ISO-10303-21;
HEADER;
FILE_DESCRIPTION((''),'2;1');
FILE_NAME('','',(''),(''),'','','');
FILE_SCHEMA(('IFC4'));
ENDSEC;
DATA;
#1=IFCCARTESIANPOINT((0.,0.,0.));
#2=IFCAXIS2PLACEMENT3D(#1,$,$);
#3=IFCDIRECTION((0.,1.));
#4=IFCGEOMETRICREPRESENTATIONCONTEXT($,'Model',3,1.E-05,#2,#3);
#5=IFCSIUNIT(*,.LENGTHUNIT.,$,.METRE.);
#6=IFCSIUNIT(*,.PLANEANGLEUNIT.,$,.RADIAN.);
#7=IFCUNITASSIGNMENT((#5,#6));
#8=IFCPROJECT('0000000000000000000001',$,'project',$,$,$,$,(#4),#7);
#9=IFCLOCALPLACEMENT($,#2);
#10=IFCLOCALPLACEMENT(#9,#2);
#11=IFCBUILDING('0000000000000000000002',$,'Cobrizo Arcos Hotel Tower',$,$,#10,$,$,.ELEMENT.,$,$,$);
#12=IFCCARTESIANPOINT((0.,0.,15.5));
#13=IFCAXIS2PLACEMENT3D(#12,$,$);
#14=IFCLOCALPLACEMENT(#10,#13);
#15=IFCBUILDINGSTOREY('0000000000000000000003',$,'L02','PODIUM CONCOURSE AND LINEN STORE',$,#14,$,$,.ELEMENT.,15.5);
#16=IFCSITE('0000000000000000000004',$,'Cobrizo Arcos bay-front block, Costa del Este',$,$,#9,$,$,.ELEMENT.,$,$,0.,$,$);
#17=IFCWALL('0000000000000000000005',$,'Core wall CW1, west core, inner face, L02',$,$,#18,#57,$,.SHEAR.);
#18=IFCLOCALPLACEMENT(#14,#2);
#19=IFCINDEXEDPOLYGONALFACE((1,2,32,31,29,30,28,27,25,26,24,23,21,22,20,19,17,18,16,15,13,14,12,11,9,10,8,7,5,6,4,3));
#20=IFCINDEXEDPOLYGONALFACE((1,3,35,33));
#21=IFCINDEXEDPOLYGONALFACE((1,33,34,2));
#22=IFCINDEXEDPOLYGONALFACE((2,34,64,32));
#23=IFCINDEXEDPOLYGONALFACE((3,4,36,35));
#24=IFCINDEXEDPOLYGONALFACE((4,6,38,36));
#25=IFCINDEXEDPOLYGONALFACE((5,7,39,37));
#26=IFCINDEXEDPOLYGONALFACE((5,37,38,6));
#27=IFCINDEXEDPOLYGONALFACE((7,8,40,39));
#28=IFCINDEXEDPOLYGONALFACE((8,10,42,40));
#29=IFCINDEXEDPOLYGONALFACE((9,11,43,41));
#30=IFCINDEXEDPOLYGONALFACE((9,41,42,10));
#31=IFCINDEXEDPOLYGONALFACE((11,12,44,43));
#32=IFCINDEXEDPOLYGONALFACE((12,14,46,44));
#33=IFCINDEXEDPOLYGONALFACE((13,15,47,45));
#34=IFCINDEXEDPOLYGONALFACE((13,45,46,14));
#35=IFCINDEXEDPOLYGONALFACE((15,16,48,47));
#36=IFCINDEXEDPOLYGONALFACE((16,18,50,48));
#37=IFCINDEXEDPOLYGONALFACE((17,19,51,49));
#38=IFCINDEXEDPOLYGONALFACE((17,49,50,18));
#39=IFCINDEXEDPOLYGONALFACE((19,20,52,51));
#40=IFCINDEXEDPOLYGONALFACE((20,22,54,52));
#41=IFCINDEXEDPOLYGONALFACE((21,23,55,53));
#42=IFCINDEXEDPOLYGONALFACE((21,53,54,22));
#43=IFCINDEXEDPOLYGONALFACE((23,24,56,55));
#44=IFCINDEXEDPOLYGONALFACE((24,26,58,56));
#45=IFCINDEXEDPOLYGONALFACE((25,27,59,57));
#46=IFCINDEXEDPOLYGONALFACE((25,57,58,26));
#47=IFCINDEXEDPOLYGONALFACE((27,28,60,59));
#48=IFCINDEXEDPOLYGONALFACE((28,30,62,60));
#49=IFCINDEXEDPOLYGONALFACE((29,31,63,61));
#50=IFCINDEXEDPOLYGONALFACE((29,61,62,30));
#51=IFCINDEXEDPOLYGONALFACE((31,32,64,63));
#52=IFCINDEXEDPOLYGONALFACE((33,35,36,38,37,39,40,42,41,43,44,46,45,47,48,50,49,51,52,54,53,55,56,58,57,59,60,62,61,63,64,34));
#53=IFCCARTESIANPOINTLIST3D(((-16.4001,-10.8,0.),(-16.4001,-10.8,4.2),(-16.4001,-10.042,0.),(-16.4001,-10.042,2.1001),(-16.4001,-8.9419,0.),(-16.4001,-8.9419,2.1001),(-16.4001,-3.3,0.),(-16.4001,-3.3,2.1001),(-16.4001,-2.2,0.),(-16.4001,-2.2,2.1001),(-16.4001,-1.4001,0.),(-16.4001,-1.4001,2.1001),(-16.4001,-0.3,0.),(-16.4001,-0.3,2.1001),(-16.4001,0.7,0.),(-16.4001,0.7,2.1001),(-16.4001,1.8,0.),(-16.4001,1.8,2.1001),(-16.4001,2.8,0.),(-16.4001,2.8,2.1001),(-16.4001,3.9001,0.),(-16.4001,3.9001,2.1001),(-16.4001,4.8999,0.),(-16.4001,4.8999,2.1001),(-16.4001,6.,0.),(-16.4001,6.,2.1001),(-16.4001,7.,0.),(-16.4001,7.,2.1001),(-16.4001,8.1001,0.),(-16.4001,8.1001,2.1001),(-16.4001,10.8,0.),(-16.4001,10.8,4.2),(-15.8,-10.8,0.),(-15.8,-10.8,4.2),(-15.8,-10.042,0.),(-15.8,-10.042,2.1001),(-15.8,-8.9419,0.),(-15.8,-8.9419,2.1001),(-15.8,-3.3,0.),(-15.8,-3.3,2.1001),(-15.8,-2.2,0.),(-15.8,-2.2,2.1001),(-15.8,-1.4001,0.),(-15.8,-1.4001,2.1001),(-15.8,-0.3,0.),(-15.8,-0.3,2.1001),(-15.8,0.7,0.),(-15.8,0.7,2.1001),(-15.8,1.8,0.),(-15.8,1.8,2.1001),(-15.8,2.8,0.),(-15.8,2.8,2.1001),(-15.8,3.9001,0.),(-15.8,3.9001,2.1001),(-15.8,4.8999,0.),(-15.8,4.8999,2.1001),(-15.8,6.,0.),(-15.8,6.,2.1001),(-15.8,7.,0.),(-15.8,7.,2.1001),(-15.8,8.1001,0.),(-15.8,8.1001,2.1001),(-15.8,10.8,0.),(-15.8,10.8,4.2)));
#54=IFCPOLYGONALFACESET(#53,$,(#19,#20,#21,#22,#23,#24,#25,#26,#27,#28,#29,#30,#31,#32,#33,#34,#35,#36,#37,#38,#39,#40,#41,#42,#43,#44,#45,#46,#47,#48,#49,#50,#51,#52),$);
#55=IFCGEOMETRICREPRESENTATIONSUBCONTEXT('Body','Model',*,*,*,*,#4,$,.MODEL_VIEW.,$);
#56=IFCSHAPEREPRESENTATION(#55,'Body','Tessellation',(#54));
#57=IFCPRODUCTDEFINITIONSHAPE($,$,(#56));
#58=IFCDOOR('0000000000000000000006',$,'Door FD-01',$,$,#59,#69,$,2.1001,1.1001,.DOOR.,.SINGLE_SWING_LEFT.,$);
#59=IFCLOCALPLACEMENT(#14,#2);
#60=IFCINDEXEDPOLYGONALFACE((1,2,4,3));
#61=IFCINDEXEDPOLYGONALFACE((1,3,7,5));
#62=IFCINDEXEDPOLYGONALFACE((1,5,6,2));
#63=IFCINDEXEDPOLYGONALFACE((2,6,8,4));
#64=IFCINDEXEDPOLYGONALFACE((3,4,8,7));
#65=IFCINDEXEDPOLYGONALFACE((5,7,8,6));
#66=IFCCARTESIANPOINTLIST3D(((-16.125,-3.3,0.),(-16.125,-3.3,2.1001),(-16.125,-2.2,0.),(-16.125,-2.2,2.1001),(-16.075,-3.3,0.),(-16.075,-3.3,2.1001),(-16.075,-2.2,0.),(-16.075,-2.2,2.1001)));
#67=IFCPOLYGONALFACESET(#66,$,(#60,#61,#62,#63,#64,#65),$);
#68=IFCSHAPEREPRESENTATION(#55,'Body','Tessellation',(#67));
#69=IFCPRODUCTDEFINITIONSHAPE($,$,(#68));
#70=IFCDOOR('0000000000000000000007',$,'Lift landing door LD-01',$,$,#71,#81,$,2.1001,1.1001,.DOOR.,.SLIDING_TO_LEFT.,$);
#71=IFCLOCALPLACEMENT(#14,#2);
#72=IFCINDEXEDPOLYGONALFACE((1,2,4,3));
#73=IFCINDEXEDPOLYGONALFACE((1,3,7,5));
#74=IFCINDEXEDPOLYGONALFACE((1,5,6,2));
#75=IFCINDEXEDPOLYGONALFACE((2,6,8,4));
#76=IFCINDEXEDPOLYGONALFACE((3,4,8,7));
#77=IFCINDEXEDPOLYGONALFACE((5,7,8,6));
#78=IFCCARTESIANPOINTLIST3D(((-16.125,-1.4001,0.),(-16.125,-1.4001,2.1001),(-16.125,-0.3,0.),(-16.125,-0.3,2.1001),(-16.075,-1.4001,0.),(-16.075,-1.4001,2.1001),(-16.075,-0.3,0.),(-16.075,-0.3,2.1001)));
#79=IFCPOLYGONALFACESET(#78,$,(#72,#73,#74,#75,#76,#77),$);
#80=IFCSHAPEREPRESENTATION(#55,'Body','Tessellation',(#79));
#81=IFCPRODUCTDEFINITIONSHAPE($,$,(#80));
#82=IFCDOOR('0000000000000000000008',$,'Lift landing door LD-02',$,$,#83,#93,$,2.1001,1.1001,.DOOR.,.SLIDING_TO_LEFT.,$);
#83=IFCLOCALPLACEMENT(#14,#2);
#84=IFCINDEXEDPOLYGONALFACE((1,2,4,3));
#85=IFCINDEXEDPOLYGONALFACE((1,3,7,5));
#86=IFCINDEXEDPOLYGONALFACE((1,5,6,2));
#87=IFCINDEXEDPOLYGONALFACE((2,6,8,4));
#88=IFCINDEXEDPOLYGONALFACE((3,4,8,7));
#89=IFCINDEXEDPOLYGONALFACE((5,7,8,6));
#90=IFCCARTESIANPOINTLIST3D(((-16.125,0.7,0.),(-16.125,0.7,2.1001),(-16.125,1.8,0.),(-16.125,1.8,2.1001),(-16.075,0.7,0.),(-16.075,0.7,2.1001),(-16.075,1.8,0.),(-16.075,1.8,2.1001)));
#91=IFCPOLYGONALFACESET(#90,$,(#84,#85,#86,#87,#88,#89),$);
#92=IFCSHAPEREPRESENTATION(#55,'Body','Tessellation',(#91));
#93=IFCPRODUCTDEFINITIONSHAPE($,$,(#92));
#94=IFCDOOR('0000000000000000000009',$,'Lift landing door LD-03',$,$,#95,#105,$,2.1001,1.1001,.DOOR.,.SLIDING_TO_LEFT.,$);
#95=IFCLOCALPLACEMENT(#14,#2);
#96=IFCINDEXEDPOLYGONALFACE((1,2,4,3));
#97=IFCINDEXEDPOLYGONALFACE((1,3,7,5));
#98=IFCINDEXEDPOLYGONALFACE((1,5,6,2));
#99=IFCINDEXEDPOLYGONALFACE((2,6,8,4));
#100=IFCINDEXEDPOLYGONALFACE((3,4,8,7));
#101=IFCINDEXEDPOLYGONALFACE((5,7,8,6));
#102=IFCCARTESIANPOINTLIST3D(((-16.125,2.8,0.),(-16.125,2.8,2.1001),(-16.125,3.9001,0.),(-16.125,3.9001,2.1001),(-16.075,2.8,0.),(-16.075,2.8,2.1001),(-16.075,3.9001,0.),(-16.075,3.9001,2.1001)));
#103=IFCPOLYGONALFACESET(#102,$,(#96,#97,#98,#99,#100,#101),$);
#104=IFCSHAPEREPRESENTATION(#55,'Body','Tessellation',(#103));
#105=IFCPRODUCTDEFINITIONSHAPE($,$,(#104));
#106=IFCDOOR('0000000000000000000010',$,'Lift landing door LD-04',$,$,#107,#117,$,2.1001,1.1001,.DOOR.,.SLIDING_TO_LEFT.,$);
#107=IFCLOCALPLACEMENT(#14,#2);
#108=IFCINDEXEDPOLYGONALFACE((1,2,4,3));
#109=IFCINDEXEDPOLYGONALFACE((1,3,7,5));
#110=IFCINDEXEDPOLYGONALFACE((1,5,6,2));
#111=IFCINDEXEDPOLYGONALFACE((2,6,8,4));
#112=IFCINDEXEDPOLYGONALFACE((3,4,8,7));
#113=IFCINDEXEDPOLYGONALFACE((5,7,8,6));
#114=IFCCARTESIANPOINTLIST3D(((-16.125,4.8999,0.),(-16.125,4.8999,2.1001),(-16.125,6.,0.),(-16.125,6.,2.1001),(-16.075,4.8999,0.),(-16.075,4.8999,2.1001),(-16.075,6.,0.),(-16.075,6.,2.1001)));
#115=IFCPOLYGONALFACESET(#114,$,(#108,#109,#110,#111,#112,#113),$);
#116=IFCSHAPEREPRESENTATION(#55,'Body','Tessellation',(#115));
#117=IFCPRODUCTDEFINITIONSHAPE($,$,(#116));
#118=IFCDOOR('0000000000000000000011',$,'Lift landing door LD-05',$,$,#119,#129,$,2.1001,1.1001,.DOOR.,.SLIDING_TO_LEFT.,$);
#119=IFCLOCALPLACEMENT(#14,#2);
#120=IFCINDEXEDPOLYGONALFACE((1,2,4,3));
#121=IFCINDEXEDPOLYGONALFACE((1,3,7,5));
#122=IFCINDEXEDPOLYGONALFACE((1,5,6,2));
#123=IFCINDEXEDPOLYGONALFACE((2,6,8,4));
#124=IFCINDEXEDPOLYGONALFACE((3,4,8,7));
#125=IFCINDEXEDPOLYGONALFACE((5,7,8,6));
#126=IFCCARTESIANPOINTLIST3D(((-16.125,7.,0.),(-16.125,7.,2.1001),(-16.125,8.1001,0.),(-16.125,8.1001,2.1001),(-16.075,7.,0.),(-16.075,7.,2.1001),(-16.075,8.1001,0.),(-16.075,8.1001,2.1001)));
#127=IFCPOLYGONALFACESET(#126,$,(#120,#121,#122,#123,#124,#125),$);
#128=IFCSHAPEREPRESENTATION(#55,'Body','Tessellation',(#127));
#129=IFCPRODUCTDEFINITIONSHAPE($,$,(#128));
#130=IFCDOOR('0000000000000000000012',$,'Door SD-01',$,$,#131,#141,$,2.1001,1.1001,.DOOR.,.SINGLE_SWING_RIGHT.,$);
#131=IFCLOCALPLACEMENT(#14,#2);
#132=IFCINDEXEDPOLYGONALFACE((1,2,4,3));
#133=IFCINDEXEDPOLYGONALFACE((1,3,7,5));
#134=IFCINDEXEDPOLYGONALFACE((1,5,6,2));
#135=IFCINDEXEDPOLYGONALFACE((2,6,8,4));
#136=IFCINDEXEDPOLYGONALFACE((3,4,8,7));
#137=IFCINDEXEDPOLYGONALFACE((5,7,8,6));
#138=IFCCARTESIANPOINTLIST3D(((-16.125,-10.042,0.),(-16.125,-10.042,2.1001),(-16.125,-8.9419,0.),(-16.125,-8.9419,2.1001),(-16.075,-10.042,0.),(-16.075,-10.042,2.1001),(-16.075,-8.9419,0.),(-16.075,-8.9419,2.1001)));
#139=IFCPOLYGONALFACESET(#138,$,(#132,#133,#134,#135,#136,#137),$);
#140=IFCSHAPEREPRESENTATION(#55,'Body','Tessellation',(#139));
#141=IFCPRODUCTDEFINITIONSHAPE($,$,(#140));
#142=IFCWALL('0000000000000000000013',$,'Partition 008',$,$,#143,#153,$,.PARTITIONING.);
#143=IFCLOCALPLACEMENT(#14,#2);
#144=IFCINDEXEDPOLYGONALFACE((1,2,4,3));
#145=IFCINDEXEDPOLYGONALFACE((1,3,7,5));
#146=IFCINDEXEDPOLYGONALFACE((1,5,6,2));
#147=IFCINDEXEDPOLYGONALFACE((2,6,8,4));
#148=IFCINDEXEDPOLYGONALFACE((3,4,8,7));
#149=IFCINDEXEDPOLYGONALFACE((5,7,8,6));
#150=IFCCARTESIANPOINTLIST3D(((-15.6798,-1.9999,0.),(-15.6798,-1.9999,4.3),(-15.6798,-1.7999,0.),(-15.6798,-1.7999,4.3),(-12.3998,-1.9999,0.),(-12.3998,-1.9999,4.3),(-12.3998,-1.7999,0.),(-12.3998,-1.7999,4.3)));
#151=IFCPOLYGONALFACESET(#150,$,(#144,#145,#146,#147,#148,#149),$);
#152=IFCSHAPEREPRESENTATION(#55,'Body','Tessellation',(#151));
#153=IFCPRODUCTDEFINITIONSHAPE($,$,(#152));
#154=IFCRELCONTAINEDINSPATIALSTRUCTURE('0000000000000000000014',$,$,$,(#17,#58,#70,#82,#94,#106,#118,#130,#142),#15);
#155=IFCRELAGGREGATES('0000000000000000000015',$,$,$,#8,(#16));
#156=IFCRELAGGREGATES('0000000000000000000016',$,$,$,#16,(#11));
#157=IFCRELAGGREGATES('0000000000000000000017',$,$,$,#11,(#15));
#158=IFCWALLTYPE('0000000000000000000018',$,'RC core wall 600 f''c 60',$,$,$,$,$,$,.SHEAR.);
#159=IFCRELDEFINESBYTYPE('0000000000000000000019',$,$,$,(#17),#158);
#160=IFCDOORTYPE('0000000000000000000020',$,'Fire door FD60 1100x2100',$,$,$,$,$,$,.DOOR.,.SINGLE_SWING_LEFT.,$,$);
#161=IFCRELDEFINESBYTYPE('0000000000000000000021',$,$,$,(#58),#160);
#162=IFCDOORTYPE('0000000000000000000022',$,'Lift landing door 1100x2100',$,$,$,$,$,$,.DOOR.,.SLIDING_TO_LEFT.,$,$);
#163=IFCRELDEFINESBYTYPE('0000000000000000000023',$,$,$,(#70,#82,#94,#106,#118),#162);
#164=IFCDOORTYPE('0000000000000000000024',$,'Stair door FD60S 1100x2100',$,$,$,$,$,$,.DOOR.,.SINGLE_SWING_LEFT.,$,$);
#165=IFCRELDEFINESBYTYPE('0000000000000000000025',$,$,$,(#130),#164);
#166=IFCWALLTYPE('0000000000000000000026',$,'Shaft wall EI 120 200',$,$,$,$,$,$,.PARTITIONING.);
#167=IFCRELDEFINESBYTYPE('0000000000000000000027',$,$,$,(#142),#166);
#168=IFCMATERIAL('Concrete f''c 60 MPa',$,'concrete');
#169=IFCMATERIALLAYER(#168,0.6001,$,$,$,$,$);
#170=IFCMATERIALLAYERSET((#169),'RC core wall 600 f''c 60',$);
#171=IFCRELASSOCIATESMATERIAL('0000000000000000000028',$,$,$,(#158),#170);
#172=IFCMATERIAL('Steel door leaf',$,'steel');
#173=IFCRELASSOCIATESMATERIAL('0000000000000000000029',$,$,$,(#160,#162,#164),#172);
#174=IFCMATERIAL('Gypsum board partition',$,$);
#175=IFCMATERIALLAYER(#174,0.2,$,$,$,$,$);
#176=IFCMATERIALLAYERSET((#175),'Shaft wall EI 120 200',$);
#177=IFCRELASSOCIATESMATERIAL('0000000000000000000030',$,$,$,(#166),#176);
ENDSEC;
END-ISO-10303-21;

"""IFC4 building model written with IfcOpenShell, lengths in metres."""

from ifc_helpers import new_model, si_unit, direction, frame, frame_2d, origin, place, context, subcontext, project, spatial, rectangle, extrude, material, layer, layer_set, type_object, element, fill, save


model = new_model("IFC4")

# Units and contexts
model_context = context("Model", 3, precision=1e-05, world=origin(), true_north=direction((0.0, 1.0)))
body_context = subcontext(model_context, "Body", "Model", "MODEL_VIEW")
ifc_project = project(units=[si_unit("LENGTHUNIT", "METRE"), si_unit("PLANEANGLEUNIT", "RADIAN")], contexts=[model_context])

# Site, building, storey
site_placement = place(None, origin())
site = spatial("IfcSite", under=ifc_project, at=site_placement, Name="Cobrizo Arcos bay-front block, Costa del Este", CompositionType="ELEMENT", RefElevation=0.0)
building_placement = place(site_placement, origin())
building = spatial("IfcBuilding", under=site, at=building_placement, Name="Cobrizo Arcos Hotel Tower", CompositionType="ELEMENT")
storey_placement = place(building_placement, frame((0.0, 0.0, 15.5)))
storey = spatial("IfcBuildingStorey", under=building, at=storey_placement, Name="L02", Description="PODIUM CONCOURSE AND LINEN STORE", CompositionType="ELEMENT", Elevation=15.5)

# Shared definitions
ifc_material_1 = material(Name="Gypsum board partition")

# Wall, openings, doors
ifc_material_2 = material(Name="Concrete f'c 60 MPa", Category="concrete")
ifc_layer_1 = layer(ifc_material_2, 0.6001)
ifc_layer_set_1 = layer_set([ifc_layer_1], Name="RC core wall 600 f'c 60")
wall_type_1 = type_object("IfcWallType", Name="RC core wall 600 f'c 60", PredefinedType="SHEAR", material=ifc_layer_set_1)
wall_1_placement = place(storey_placement, frame((-16.1001, -10.8, 0.0), z_axis=(0.0, 0.0, 1.0), x_axis=(0.0, 1.0, 0.0)))
wall_1 = element("IfcWall", 1, at=wall_1_placement, inside=storey, type_object=wall_type_1, Name="Core wall CW1, west core, inner face, L02", PredefinedType="SHEAR", context=body_context, shape_type="SweptSolid", body=[
    extrude(rectangle(XDim=21.6001, YDim=0.6001, at=frame_2d((10.8, 0.0))), origin(), (0.0, 0.0, 1.0), 4.2),
])
opening_1_placement = place(wall_1_placement, frame((9.3999, 0.0, 0.0)))
opening_1 = element("IfcOpeningElement", 2, at=opening_1_placement, cuts=wall_1, PredefinedType="OPENING", context=body_context, shape_type="SweptSolid", body=[
    extrude(rectangle(XDim=1.1001, YDim=2.1001, at=frame_2d((0.55, 1.05))), frame((0.0, 0.312, 0.0), z_axis=(0.0, -1.0, 0.0), x_axis=(1.0, 0.0, 0.0)), (0.0, 0.0, 1.0), 0.624),
])
opening_2_placement = place(wall_1_placement, frame((11.5, 0.0, 0.0)))
opening_2 = element("IfcOpeningElement", 3, at=opening_2_placement, cuts=wall_1, PredefinedType="OPENING", context=body_context, shape_type="SweptSolid", body=[
    extrude(rectangle(XDim=1.1001, YDim=2.1001, at=frame_2d((0.55, 1.05))), frame((0.0, 0.312, 0.0), z_axis=(0.0, -1.0, 0.0), x_axis=(1.0, 0.0, 0.0)), (0.0, 0.0, 1.0), 0.624),
])
opening_3_placement = place(wall_1_placement, frame((13.6001, 0.0, 0.0)))
opening_3 = element("IfcOpeningElement", 4, at=opening_3_placement, cuts=wall_1, PredefinedType="OPENING", context=body_context, shape_type="SweptSolid", body=[
    extrude(rectangle(XDim=1.1001, YDim=2.1001, at=frame_2d((0.55, 1.05))), frame((0.0, 0.312, 0.0), z_axis=(0.0, -1.0, 0.0), x_axis=(1.0, 0.0, 0.0)), (0.0, 0.0, 1.0), 0.624),
])
opening_4_placement = place(wall_1_placement, frame((15.7, 0.0, 0.0)))
opening_4 = element("IfcOpeningElement", 5, at=opening_4_placement, cuts=wall_1, PredefinedType="OPENING", context=body_context, shape_type="SweptSolid", body=[
    extrude(rectangle(XDim=1.1001, YDim=2.1001, at=frame_2d((0.55, 1.05))), frame((0.0, 0.312, 0.0), z_axis=(0.0, -1.0, 0.0), x_axis=(1.0, 0.0, 0.0)), (0.0, 0.0, 1.0), 0.624),
])
opening_5_placement = place(wall_1_placement, frame((17.8, 0.0, 0.0)))
opening_5 = element("IfcOpeningElement", 6, at=opening_5_placement, cuts=wall_1, PredefinedType="OPENING", context=body_context, shape_type="SweptSolid", body=[
    extrude(rectangle(XDim=1.1001, YDim=2.1001, at=frame_2d((0.55, 1.05))), frame((0.0, 0.312, 0.0), z_axis=(0.0, -1.0, 0.0), x_axis=(1.0, 0.0, 0.0)), (0.0, 0.0, 1.0), 0.624),
])
opening_6_placement = place(wall_1_placement, frame((0.7581, 0.0, 0.0)))
opening_6 = element("IfcOpeningElement", 7, at=opening_6_placement, cuts=wall_1, PredefinedType="OPENING", context=body_context, shape_type="SweptSolid", body=[
    extrude(rectangle(XDim=1.1001, YDim=2.1001, at=frame_2d((0.55, 1.05))), frame((0.0, 0.312, 0.0), z_axis=(0.0, -1.0, 0.0), x_axis=(1.0, 0.0, 0.0)), (0.0, 0.0, 1.0), 0.624),
])
opening_7_placement = place(wall_1_placement, frame((7.5, 0.0, 0.0)))
opening_7 = element("IfcOpeningElement", 8, at=opening_7_placement, cuts=wall_1, PredefinedType="OPENING", context=body_context, shape_type="SweptSolid", body=[
    extrude(rectangle(XDim=1.1001, YDim=2.1001, at=frame_2d((0.55, 1.05))), frame((0.0, 0.312, 0.0), z_axis=(0.0, -1.0, 0.0), x_axis=(1.0, 0.0, 0.0)), (0.0, 0.0, 1.0), 0.624),
])
ifc_material_3 = material(Name="Steel door leaf", Category="steel")
door_type_1 = type_object("IfcDoorType", Name="Fire door FD60 1100x2100", OperationType="SINGLE_SWING_LEFT", PredefinedType="DOOR", material=ifc_material_3)
door_1_placement = place(opening_7_placement, origin())
door_1 = element("IfcDoor", 9, at=door_1_placement, inside=storey, type_object=door_type_1, Name="Door FD-01", OperationType="SINGLE_SWING_LEFT", OverallHeight=2.1001, OverallWidth=1.1001, PredefinedType="DOOR", context=body_context, shape_type="SweptSolid", body=[
    extrude(rectangle(XDim=1.1001, YDim=2.1001, at=frame_2d((0.55, 1.05))), frame((0.0, 0.0249, 0.0), z_axis=(0.0, -1.0, 0.0), x_axis=(1.0, 0.0, 0.0)), (0.0, 0.0, 1.0), 0.05),
])
fill(opening_7, door_1)
door_type_2 = type_object("IfcDoorType", Name="Lift landing door 1100x2100", OperationType="SLIDING_TO_LEFT", PredefinedType="DOOR", material=ifc_material_3)
door_2_placement = place(opening_1_placement, origin())
door_2 = element("IfcDoor", 10, at=door_2_placement, inside=storey, type_object=door_type_2, Name="Lift landing door LD-01", OperationType="SLIDING_TO_LEFT", OverallHeight=2.1001, OverallWidth=1.1001, PredefinedType="DOOR", context=body_context, shape_type="SweptSolid", body=[
    extrude(rectangle(XDim=1.1001, YDim=2.1001, at=frame_2d((0.55, 1.05))), frame((0.0, 0.0249, 0.0), z_axis=(0.0, -1.0, 0.0), x_axis=(1.0, 0.0, 0.0)), (0.0, 0.0, 1.0), 0.05),
])
fill(opening_1, door_2)
door_3_placement = place(opening_2_placement, origin())
door_3 = element("IfcDoor", 11, at=door_3_placement, inside=storey, type_object=door_type_2, Name="Lift landing door LD-02", OperationType="SLIDING_TO_LEFT", OverallHeight=2.1001, OverallWidth=1.1001, PredefinedType="DOOR", context=body_context, shape_type="SweptSolid", body=[
    extrude(rectangle(XDim=1.1001, YDim=2.1001, at=frame_2d((0.55, 1.05))), frame((0.0, 0.0249, 0.0), z_axis=(0.0, -1.0, 0.0), x_axis=(1.0, 0.0, 0.0)), (0.0, 0.0, 1.0), 0.05),
])
fill(opening_2, door_3)
door_4_placement = place(opening_3_placement, origin())
door_4 = element("IfcDoor", 12, at=door_4_placement, inside=storey, type_object=door_type_2, Name="Lift landing door LD-03", OperationType="SLIDING_TO_LEFT", OverallHeight=2.1001, OverallWidth=1.1001, PredefinedType="DOOR", context=body_context, shape_type="SweptSolid", body=[
    extrude(rectangle(XDim=1.1001, YDim=2.1001, at=frame_2d((0.55, 1.05))), frame((0.0, 0.0249, 0.0), z_axis=(0.0, -1.0, 0.0), x_axis=(1.0, 0.0, 0.0)), (0.0, 0.0, 1.0), 0.05),
])
fill(opening_3, door_4)
door_5_placement = place(opening_4_placement, origin())
door_5 = element("IfcDoor", 13, at=door_5_placement, inside=storey, type_object=door_type_2, Name="Lift landing door LD-04", OperationType="SLIDING_TO_LEFT", OverallHeight=2.1001, OverallWidth=1.1001, PredefinedType="DOOR", context=body_context, shape_type="SweptSolid", body=[
    extrude(rectangle(XDim=1.1001, YDim=2.1001, at=frame_2d((0.55, 1.05))), frame((0.0, 0.0249, 0.0), z_axis=(0.0, -1.0, 0.0), x_axis=(1.0, 0.0, 0.0)), (0.0, 0.0, 1.0), 0.05),
])
fill(opening_4, door_5)
door_6_placement = place(opening_5_placement, origin())
door_6 = element("IfcDoor", 14, at=door_6_placement, inside=storey, type_object=door_type_2, Name="Lift landing door LD-05", OperationType="SLIDING_TO_LEFT", OverallHeight=2.1001, OverallWidth=1.1001, PredefinedType="DOOR", context=body_context, shape_type="SweptSolid", body=[
    extrude(rectangle(XDim=1.1001, YDim=2.1001, at=frame_2d((0.55, 1.05))), frame((0.0, 0.0249, 0.0), z_axis=(0.0, -1.0, 0.0), x_axis=(1.0, 0.0, 0.0)), (0.0, 0.0, 1.0), 0.05),
])
fill(opening_5, door_6)
door_type_3 = type_object("IfcDoorType", Name="Stair door FD60S 1100x2100", OperationType="SINGLE_SWING_LEFT", PredefinedType="DOOR", material=ifc_material_3)
door_7_placement = place(opening_6_placement, origin())
door_7 = element("IfcDoor", 15, at=door_7_placement, inside=storey, type_object=door_type_3, Name="Door SD-01", OperationType="SINGLE_SWING_RIGHT", OverallHeight=2.1001, OverallWidth=1.1001, PredefinedType="DOOR", context=body_context, shape_type="SweptSolid", body=[
    extrude(rectangle(XDim=1.1001, YDim=2.1001, at=frame_2d((0.55, 1.05))), frame((0.0, 0.0249, 0.0), z_axis=(0.0, -1.0, 0.0), x_axis=(1.0, 0.0, 0.0)), (0.0, 0.0, 1.0), 0.05),
])
fill(opening_6, door_7)

# Wall
ifc_layer_2 = layer(ifc_material_1, 0.2)
ifc_layer_set_2 = layer_set([ifc_layer_2], Name="Shaft wall EI 120 200")
wall_type_2 = type_object("IfcWallType", Name="Shaft wall EI 120 200", PredefinedType="PARTITIONING", material=ifc_layer_set_2)
wall_2_placement = place(storey_placement, frame((-15.6799, -1.8999, 0.0), z_axis=(0.0, 0.0, 1.0), x_axis=(1.0, 0.0, 0.0)))
element("IfcWall", 16, at=wall_2_placement, inside=storey, type_object=wall_type_2, Name="Partition 008", PredefinedType="PARTITIONING", context=body_context, shape_type="SweptSolid", body=[
    extrude(rectangle(XDim=3.28, YDim=0.2, at=frame_2d((1.6401, 0.0))), origin(), (0.0, 0.0, 1.0), 4.3),
])

save(model, "model.ifc")
